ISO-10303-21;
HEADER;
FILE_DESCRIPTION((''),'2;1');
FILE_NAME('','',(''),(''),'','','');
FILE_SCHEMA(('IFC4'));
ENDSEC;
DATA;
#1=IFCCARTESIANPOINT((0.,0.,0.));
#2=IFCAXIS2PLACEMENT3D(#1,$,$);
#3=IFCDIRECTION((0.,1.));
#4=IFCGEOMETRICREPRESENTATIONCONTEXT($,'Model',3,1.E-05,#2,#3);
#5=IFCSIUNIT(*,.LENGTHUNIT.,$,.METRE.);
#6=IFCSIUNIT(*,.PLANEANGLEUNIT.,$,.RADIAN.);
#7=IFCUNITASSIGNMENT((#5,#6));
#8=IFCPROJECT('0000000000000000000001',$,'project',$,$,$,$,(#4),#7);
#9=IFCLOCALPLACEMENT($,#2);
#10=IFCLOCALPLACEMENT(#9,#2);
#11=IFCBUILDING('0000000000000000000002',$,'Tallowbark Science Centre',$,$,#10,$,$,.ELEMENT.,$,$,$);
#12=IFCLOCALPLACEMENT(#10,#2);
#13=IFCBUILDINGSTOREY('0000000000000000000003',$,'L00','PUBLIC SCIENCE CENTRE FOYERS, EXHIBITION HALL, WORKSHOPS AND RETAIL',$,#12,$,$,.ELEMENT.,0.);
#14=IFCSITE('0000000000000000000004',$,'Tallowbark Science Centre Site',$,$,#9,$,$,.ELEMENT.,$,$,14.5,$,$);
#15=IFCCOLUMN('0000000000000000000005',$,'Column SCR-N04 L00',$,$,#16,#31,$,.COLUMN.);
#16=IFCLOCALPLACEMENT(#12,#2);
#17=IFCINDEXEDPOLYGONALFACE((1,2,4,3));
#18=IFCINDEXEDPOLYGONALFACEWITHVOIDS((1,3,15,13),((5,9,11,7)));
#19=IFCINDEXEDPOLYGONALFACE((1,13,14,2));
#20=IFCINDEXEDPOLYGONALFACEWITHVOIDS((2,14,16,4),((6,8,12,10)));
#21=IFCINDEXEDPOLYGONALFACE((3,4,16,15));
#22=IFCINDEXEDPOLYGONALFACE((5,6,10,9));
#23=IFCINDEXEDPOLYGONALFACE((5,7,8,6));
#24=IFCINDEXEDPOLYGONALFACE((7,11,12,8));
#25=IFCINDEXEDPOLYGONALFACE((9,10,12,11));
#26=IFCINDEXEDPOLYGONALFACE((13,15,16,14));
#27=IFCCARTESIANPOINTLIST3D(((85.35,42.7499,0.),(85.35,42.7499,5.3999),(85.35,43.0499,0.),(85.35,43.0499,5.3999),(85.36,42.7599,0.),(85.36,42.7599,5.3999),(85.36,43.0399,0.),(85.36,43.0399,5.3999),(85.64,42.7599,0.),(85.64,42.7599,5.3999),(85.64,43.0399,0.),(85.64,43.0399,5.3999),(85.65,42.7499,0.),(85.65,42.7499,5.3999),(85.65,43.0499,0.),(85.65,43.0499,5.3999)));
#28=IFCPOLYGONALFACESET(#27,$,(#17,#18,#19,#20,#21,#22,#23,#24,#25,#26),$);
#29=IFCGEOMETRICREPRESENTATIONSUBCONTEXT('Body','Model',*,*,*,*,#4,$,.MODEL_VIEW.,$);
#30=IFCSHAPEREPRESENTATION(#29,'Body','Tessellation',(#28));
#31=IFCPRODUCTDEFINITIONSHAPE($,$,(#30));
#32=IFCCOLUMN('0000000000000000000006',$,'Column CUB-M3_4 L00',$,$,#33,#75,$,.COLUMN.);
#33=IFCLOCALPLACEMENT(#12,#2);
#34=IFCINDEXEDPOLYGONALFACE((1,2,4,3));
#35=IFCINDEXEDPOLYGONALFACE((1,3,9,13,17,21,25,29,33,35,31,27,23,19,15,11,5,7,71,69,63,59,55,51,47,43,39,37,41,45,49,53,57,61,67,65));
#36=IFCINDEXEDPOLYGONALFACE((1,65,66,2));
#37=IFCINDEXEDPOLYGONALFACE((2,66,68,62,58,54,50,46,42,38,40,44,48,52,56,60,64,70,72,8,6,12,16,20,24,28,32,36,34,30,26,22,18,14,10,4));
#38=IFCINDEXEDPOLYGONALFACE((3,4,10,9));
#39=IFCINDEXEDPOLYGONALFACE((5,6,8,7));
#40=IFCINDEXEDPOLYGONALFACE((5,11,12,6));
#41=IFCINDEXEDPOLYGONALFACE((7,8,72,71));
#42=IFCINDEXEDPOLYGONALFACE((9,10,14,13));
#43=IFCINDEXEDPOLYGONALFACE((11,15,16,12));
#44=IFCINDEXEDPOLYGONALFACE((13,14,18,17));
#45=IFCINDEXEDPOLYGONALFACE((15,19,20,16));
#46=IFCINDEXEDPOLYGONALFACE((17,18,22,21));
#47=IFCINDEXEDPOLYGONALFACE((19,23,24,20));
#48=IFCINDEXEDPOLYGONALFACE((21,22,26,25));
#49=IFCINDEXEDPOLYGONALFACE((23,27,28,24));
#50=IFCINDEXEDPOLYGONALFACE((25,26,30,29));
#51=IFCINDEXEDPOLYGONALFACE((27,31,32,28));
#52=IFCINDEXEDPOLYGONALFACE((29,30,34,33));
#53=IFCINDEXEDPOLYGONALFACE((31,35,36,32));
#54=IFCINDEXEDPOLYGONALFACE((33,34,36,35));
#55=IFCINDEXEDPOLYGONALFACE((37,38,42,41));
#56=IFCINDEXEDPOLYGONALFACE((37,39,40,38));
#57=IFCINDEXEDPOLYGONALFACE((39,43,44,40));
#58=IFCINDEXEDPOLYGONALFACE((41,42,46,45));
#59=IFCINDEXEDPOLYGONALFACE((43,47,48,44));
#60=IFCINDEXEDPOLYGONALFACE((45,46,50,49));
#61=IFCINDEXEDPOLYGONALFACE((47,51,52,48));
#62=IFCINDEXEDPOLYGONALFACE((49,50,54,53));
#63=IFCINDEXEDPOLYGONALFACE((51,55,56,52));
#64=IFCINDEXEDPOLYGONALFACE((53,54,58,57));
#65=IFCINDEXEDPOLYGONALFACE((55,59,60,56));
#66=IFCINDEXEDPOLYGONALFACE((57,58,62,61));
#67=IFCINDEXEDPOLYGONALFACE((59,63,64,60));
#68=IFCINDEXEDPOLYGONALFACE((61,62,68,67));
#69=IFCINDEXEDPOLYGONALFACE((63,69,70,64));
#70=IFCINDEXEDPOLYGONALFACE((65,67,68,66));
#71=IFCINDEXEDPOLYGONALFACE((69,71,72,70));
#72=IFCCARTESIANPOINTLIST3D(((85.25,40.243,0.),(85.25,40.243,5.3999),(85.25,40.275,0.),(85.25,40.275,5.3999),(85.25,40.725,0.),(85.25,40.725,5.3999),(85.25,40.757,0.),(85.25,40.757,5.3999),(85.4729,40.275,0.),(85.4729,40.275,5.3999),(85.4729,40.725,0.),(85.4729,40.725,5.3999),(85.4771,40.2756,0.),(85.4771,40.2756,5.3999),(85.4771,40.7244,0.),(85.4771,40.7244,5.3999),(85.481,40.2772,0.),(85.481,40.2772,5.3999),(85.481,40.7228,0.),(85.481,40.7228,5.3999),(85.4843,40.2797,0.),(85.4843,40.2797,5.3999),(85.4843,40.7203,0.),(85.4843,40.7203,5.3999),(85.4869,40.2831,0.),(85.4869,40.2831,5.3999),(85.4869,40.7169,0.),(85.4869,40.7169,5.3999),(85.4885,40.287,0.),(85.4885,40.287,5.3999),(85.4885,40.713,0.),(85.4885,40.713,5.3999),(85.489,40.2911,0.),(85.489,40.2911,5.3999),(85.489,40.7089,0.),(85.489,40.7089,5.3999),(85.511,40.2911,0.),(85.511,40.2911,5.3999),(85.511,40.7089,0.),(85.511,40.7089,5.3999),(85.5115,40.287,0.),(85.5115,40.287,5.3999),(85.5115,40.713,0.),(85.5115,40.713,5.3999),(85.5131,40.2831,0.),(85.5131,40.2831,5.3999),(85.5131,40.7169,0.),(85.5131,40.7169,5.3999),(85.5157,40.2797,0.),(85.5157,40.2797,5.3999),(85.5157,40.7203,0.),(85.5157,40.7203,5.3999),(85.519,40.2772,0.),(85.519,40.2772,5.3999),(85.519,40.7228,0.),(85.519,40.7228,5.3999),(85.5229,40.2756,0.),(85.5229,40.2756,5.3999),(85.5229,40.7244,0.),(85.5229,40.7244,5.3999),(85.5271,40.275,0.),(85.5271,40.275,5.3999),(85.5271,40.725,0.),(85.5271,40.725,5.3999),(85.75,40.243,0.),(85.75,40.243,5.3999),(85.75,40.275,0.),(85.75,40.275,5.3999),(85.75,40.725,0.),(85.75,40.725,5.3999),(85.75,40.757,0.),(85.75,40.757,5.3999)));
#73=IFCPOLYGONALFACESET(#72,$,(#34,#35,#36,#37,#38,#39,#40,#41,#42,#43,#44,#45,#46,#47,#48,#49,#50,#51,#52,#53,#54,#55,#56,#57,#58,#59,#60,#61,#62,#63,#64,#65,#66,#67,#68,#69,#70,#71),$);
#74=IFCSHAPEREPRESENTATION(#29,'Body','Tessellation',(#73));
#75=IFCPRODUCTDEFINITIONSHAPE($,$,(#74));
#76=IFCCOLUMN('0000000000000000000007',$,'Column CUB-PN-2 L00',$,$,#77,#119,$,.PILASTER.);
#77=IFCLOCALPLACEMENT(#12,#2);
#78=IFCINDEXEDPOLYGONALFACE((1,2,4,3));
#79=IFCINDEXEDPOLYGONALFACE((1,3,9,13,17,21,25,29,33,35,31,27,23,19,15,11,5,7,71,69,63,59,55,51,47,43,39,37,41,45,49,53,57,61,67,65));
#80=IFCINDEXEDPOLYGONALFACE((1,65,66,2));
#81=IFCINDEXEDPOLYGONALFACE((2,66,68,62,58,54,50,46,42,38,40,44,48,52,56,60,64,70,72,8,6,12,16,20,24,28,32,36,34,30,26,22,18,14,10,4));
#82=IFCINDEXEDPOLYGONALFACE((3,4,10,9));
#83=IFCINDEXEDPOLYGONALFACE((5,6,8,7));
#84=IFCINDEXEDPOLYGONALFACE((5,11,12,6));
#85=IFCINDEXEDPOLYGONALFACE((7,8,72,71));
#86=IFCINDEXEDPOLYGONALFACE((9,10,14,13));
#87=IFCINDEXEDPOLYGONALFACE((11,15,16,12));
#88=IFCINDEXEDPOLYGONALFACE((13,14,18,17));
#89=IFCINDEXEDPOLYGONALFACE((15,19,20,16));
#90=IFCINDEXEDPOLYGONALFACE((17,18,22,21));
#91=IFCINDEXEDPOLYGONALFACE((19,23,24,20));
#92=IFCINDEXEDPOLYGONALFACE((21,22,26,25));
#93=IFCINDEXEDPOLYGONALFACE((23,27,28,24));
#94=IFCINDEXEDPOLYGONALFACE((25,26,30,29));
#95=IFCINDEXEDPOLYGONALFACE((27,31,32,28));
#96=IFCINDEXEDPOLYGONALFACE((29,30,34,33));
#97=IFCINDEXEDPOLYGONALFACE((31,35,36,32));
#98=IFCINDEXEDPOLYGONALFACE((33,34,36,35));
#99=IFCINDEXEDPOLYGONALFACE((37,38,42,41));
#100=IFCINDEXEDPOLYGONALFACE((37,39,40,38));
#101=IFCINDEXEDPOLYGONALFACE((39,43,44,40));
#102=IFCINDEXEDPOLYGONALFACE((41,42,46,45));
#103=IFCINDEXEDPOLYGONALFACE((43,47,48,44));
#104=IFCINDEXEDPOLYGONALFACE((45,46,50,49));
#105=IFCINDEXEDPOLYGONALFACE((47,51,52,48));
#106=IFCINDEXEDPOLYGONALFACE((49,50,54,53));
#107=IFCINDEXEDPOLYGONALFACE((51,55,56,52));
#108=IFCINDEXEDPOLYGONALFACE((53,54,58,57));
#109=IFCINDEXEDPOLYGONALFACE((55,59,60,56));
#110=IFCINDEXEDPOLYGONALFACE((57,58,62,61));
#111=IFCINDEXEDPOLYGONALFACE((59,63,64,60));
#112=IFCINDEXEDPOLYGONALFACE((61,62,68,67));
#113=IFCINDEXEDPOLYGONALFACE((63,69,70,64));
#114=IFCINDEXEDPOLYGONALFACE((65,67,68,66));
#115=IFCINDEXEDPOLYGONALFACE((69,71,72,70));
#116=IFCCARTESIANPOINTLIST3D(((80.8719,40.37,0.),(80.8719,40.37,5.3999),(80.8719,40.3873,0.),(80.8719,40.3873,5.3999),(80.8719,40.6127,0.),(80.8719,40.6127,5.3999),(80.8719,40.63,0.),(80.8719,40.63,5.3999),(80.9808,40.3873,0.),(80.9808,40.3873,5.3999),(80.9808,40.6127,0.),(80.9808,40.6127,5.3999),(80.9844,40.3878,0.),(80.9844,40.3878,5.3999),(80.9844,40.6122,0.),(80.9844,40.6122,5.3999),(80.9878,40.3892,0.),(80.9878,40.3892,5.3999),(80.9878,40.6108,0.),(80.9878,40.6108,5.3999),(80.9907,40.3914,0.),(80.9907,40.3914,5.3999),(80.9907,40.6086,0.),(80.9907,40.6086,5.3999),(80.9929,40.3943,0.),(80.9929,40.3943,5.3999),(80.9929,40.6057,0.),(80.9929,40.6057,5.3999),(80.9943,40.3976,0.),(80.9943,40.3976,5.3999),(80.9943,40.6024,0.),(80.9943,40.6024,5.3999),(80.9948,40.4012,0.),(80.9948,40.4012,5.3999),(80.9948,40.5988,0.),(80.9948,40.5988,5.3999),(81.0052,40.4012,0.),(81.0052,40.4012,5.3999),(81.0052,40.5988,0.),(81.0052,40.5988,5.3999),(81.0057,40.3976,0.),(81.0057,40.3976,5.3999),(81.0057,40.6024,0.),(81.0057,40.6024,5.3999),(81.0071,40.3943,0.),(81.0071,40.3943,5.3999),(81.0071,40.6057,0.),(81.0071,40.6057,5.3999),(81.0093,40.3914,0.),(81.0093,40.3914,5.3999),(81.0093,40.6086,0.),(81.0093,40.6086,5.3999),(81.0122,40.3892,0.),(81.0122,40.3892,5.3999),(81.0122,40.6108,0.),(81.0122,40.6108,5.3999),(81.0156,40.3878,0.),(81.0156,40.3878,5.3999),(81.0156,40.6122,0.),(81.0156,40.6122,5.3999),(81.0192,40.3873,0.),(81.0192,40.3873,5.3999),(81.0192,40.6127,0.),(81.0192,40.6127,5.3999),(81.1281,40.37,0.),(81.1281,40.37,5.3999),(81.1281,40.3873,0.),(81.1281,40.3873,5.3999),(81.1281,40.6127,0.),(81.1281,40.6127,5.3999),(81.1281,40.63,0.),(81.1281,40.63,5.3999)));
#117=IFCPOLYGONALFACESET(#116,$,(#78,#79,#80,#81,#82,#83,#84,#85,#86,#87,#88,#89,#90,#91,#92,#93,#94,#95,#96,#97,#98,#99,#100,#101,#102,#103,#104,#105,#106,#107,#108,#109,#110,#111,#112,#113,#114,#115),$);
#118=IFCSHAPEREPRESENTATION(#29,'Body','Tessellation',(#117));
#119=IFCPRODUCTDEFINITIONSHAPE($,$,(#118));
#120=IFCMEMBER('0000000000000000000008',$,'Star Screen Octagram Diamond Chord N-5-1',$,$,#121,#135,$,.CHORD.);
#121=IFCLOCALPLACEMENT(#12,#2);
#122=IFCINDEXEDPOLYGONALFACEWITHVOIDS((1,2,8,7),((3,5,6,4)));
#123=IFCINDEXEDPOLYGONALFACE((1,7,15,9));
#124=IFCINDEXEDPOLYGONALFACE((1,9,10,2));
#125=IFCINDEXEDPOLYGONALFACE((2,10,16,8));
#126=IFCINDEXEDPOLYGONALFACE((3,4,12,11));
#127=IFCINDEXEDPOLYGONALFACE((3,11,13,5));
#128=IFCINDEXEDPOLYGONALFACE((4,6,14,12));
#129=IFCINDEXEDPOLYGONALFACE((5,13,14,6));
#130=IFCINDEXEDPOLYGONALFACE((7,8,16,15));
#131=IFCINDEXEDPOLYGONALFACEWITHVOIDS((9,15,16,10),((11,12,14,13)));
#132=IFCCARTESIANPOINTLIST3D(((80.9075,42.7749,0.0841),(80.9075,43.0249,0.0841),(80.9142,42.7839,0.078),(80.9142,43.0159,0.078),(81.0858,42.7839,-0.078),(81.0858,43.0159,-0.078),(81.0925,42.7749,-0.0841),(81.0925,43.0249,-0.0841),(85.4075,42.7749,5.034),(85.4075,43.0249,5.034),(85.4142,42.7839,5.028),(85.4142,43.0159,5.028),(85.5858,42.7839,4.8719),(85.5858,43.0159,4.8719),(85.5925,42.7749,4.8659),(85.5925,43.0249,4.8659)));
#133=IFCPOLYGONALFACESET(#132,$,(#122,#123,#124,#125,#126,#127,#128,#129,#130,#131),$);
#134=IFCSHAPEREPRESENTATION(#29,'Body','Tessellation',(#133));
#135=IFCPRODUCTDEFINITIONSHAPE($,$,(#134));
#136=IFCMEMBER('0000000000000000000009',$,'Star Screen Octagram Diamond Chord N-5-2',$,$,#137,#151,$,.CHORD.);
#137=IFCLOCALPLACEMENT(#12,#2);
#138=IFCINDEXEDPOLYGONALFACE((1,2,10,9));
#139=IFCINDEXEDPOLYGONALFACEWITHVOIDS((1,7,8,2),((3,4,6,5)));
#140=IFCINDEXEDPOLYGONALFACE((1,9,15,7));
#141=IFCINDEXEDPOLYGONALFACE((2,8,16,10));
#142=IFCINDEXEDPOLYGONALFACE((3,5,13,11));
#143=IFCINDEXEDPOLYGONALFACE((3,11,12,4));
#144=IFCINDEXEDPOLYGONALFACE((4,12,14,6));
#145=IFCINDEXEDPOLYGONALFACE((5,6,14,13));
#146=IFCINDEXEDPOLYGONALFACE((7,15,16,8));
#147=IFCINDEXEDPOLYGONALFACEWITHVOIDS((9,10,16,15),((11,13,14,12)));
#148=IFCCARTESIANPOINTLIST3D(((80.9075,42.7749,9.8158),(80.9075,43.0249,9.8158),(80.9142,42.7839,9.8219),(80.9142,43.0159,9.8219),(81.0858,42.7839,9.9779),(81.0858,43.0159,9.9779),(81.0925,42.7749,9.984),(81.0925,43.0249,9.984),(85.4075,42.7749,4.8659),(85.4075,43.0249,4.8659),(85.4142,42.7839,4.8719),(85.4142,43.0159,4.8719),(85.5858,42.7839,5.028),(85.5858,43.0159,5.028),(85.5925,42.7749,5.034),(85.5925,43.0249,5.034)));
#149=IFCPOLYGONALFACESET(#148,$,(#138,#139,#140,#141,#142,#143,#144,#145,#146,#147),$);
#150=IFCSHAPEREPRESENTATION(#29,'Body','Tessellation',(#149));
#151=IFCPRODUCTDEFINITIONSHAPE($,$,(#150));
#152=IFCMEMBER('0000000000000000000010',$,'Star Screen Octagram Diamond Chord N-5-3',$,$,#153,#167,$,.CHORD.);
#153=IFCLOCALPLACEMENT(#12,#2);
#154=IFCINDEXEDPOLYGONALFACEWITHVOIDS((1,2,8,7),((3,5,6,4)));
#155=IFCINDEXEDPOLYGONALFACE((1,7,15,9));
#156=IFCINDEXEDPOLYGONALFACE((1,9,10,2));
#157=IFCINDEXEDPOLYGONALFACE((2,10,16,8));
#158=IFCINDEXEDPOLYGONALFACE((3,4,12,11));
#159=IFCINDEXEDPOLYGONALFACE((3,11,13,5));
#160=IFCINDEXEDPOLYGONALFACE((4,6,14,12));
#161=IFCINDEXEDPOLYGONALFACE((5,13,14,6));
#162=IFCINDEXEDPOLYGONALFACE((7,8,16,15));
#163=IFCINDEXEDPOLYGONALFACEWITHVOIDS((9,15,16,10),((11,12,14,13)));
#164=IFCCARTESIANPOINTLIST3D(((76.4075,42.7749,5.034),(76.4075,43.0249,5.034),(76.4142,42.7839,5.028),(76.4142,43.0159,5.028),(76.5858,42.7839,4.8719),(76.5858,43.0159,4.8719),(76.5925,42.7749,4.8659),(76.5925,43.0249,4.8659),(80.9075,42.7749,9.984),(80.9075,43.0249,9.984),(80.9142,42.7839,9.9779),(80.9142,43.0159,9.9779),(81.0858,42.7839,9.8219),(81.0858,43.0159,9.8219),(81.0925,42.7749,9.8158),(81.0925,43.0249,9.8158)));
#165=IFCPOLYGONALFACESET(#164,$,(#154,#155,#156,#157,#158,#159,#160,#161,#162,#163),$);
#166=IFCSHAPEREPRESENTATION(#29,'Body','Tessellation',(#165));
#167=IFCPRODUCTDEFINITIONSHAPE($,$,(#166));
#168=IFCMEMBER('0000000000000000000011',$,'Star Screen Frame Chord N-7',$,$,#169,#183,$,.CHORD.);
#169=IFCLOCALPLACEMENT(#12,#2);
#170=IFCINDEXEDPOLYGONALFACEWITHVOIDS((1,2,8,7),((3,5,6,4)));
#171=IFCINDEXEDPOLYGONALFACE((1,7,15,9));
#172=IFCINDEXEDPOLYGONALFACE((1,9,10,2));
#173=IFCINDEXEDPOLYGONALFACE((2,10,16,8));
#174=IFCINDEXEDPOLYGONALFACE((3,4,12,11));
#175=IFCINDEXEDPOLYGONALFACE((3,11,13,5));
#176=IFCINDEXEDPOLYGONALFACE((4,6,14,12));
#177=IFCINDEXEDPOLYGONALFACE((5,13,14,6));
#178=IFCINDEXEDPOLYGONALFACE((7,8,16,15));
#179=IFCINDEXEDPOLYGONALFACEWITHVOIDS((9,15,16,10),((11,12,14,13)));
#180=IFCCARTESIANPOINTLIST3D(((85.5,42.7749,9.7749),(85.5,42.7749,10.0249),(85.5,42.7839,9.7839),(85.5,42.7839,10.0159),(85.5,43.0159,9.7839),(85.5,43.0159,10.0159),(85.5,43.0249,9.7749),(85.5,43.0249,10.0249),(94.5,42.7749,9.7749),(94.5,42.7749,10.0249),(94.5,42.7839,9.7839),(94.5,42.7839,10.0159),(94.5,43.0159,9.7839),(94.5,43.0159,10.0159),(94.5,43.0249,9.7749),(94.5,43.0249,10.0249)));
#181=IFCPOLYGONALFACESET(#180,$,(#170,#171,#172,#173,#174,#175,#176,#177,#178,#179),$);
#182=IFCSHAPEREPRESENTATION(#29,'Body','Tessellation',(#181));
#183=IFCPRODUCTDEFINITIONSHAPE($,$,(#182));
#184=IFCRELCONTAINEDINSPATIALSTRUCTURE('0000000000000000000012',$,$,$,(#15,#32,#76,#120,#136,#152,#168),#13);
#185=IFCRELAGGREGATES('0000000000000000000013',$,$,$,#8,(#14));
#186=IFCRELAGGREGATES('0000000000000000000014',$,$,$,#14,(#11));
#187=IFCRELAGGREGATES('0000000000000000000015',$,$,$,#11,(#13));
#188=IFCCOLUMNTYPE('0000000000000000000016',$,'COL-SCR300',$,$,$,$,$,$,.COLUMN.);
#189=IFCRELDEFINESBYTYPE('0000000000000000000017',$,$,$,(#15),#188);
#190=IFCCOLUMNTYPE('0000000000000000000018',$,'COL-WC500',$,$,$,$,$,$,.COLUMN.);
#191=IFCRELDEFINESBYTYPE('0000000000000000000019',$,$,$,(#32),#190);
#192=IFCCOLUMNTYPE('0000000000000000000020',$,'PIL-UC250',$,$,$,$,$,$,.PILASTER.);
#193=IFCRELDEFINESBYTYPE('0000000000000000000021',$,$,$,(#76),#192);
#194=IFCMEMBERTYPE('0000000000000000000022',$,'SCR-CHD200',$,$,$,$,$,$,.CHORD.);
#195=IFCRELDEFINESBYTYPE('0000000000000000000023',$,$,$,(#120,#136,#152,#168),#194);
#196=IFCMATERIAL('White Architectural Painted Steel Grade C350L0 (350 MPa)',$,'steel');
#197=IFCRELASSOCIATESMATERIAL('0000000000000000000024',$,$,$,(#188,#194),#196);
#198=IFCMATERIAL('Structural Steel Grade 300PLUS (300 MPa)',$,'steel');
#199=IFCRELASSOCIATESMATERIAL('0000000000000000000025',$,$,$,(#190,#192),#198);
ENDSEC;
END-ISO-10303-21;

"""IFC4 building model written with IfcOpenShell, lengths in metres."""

from ifc_helpers import new_model, si_unit, direction, frame, origin, origin_2d, place, context, subcontext, project, spatial, hollow_rectangle, i_section, extrude, material, material_profile, profile_set, type_object, element, save


model = new_model("IFC4")

# Units and contexts
model_context = context("Model", 3, precision=1e-05, world=origin(), true_north=direction((0.0, 1.0)))
body_context = subcontext(model_context, "Body", "Model", "MODEL_VIEW")
ifc_project = project(units=[si_unit("LENGTHUNIT", "METRE"), si_unit("PLANEANGLEUNIT", "RADIAN")], contexts=[model_context])

# Site, building, storey
site_placement = place(None, origin())
site = spatial("IfcSite", under=ifc_project, at=site_placement, Name="Tallowbark Science Centre Site", CompositionType="ELEMENT", RefElevation=14.5)
building_placement = place(site_placement, origin())
building = spatial("IfcBuilding", under=site, at=building_placement, Name="Tallowbark Science Centre", CompositionType="ELEMENT")
storey_placement = place(building_placement, origin())
storey = spatial("IfcBuildingStorey", under=building, at=storey_placement, Name="L00", Description="PUBLIC SCIENCE CENTRE FOYERS, EXHIBITION HALL, WORKSHOPS AND RETAIL", CompositionType="ELEMENT", Elevation=0.0)

# Columns
ifc_material_1 = material(Name="White Architectural Painted Steel Grade C350L0 (350 MPa)", Category="steel")
ifc_material_profile_1 = material_profile(ifc_material_1, hollow_rectangle(XDim=0.3, YDim=0.3, WallThickness=0.01, at=origin_2d()), Name="300x300x10.0SHS")
ifc_profile_set_1 = profile_set([ifc_material_profile_1], Name="White Architectural Painted Steel Grade C350L0 (350 MPa)")
column_type_1 = type_object("IfcColumnType", Name="COL-SCR300", PredefinedType="COLUMN", material=ifc_profile_set_1)
column_1_placement = place(storey_placement, frame((85.5, 42.8999, 0.0), z_axis=(0.0, 0.0, 1.0), x_axis=(1.0, 0.0, 0.0)))
element("IfcColumn", 1, at=column_1_placement, inside=storey, type_object=column_type_1, Name="Column SCR-N04 L00", PredefinedType="COLUMN", context=body_context, shape_type="SweptSolid", body=[
    extrude(hollow_rectangle(XDim=0.3, YDim=0.3, WallThickness=0.01, at=origin_2d()), origin(), (0.0, 0.0, 1.0), 5.3999),
])
ifc_material_2 = material(Name="Structural Steel Grade 300PLUS (300 MPa)", Category="steel")
ifc_material_profile_2 = material_profile(ifc_material_2, i_section(OverallWidth=0.5, OverallDepth=0.5139, WebThickness=0.022, FlangeThickness=0.032, FilletRadius=0.0161, at=origin_2d()), Name="500WC340")
ifc_profile_set_2 = profile_set([ifc_material_profile_2], Name="Structural Steel Grade 300PLUS (300 MPa)")
column_type_2 = type_object("IfcColumnType", Name="COL-WC500", PredefinedType="COLUMN", material=ifc_profile_set_2)
column_2_placement = place(storey_placement, frame((85.5, 40.5, 0.0), z_axis=(0.0, 0.0, 1.0), x_axis=(1.0, 0.0, 0.0)))
element("IfcColumn", 2, at=column_2_placement, inside=storey, type_object=column_type_2, Name="Column CUB-M3_4 L00", PredefinedType="COLUMN", context=body_context, shape_type="SweptSolid", body=[
    extrude(i_section(OverallWidth=0.5, OverallDepth=0.5139, WebThickness=0.022, FlangeThickness=0.032, FilletRadius=0.0161, at=origin_2d()), origin(), (0.0, 0.0, 1.0), 5.3999),
])
ifc_material_profile_3 = material_profile(ifc_material_2, i_section(OverallWidth=0.2561, OverallDepth=0.26, WebThickness=0.0105, FlangeThickness=0.0173, FilletRadius=0.0139, at=origin_2d()), Name="250UC89.5")
ifc_profile_set_3 = profile_set([ifc_material_profile_3], Name="Structural Steel Grade 300PLUS (300 MPa)")
column_type_3 = type_object("IfcColumnType", Name="PIL-UC250", PredefinedType="PILASTER", material=ifc_profile_set_3)
column_3_placement = place(storey_placement, frame((81.0, 40.5, 0.0), z_axis=(0.0, 0.0, 1.0), x_axis=(1.0, 0.0, 0.0)))
element("IfcColumn", 3, at=column_3_placement, inside=storey, type_object=column_type_3, Name="Column CUB-PN-2 L00", PredefinedType="PILASTER", context=body_context, shape_type="SweptSolid", body=[
    extrude(i_section(OverallWidth=0.2561, OverallDepth=0.26, WebThickness=0.0105, FlangeThickness=0.0173, FilletRadius=0.0139, at=origin_2d()), origin(), (0.0, 0.0, 1.0), 5.3999),
])

# Members
ifc_material_profile_4 = material_profile(ifc_material_1, hollow_rectangle(XDim=0.25, YDim=0.25, WallThickness=0.009, at=origin_2d()), Name="250x250x9.0SHS")
ifc_profile_set_4 = profile_set([ifc_material_profile_4], Name="White Architectural Painted Steel Grade C350L0 (350 MPa)")
member_type_1 = type_object("IfcMemberType", Name="SCR-CHD200", PredefinedType="CHORD", material=ifc_profile_set_4)
for number, where, z_axis, x_axis, name in (
    (4, (81.0, 42.8999, 0.0), (0.672676, 0.0, 0.739937), (0.0, 1.0, 0.0), "Star Screen Octagram Diamond Chord N-5-1"),
    (5, (85.5, 42.8999, 4.95), (-0.672676, 0.0, 0.739937), (0.0, -1.0, 0.0), "Star Screen Octagram Diamond Chord N-5-2"),
    (6, (81.0, 42.8999, 9.8999), (-0.672676, 0.0, -0.739937), (0.0, -1.0, 0.0), "Star Screen Octagram Diamond Chord N-5-3"),
):
    element("IfcMember", number, at=place(storey_placement, frame(where, z_axis=z_axis, x_axis=x_axis)), inside=storey, type_object=member_type_1, Name=name, PredefinedType="CHORD", context=body_context, shape_type="SweptSolid", body=[
        extrude(hollow_rectangle(XDim=0.25, YDim=0.25, WallThickness=0.009, at=origin_2d()), origin(), (0.0, 0.0, 1.0), 6.6897),
    ])
member_1_placement = place(storey_placement, frame((85.5, 42.8999, 9.8999), z_axis=(1.0, 0.0, 0.0), x_axis=(0.0, 1.0, 0.0)))
element("IfcMember", 7, at=member_1_placement, inside=storey, type_object=member_type_1, Name="Star Screen Frame Chord N-7", PredefinedType="CHORD", context=body_context, shape_type="SweptSolid", body=[
    extrude(hollow_rectangle(XDim=0.25, YDim=0.25, WallThickness=0.009, at=origin_2d()), origin(), (0.0, 0.0, 1.0), 9.0),
])

save(model, "model.ifc")
